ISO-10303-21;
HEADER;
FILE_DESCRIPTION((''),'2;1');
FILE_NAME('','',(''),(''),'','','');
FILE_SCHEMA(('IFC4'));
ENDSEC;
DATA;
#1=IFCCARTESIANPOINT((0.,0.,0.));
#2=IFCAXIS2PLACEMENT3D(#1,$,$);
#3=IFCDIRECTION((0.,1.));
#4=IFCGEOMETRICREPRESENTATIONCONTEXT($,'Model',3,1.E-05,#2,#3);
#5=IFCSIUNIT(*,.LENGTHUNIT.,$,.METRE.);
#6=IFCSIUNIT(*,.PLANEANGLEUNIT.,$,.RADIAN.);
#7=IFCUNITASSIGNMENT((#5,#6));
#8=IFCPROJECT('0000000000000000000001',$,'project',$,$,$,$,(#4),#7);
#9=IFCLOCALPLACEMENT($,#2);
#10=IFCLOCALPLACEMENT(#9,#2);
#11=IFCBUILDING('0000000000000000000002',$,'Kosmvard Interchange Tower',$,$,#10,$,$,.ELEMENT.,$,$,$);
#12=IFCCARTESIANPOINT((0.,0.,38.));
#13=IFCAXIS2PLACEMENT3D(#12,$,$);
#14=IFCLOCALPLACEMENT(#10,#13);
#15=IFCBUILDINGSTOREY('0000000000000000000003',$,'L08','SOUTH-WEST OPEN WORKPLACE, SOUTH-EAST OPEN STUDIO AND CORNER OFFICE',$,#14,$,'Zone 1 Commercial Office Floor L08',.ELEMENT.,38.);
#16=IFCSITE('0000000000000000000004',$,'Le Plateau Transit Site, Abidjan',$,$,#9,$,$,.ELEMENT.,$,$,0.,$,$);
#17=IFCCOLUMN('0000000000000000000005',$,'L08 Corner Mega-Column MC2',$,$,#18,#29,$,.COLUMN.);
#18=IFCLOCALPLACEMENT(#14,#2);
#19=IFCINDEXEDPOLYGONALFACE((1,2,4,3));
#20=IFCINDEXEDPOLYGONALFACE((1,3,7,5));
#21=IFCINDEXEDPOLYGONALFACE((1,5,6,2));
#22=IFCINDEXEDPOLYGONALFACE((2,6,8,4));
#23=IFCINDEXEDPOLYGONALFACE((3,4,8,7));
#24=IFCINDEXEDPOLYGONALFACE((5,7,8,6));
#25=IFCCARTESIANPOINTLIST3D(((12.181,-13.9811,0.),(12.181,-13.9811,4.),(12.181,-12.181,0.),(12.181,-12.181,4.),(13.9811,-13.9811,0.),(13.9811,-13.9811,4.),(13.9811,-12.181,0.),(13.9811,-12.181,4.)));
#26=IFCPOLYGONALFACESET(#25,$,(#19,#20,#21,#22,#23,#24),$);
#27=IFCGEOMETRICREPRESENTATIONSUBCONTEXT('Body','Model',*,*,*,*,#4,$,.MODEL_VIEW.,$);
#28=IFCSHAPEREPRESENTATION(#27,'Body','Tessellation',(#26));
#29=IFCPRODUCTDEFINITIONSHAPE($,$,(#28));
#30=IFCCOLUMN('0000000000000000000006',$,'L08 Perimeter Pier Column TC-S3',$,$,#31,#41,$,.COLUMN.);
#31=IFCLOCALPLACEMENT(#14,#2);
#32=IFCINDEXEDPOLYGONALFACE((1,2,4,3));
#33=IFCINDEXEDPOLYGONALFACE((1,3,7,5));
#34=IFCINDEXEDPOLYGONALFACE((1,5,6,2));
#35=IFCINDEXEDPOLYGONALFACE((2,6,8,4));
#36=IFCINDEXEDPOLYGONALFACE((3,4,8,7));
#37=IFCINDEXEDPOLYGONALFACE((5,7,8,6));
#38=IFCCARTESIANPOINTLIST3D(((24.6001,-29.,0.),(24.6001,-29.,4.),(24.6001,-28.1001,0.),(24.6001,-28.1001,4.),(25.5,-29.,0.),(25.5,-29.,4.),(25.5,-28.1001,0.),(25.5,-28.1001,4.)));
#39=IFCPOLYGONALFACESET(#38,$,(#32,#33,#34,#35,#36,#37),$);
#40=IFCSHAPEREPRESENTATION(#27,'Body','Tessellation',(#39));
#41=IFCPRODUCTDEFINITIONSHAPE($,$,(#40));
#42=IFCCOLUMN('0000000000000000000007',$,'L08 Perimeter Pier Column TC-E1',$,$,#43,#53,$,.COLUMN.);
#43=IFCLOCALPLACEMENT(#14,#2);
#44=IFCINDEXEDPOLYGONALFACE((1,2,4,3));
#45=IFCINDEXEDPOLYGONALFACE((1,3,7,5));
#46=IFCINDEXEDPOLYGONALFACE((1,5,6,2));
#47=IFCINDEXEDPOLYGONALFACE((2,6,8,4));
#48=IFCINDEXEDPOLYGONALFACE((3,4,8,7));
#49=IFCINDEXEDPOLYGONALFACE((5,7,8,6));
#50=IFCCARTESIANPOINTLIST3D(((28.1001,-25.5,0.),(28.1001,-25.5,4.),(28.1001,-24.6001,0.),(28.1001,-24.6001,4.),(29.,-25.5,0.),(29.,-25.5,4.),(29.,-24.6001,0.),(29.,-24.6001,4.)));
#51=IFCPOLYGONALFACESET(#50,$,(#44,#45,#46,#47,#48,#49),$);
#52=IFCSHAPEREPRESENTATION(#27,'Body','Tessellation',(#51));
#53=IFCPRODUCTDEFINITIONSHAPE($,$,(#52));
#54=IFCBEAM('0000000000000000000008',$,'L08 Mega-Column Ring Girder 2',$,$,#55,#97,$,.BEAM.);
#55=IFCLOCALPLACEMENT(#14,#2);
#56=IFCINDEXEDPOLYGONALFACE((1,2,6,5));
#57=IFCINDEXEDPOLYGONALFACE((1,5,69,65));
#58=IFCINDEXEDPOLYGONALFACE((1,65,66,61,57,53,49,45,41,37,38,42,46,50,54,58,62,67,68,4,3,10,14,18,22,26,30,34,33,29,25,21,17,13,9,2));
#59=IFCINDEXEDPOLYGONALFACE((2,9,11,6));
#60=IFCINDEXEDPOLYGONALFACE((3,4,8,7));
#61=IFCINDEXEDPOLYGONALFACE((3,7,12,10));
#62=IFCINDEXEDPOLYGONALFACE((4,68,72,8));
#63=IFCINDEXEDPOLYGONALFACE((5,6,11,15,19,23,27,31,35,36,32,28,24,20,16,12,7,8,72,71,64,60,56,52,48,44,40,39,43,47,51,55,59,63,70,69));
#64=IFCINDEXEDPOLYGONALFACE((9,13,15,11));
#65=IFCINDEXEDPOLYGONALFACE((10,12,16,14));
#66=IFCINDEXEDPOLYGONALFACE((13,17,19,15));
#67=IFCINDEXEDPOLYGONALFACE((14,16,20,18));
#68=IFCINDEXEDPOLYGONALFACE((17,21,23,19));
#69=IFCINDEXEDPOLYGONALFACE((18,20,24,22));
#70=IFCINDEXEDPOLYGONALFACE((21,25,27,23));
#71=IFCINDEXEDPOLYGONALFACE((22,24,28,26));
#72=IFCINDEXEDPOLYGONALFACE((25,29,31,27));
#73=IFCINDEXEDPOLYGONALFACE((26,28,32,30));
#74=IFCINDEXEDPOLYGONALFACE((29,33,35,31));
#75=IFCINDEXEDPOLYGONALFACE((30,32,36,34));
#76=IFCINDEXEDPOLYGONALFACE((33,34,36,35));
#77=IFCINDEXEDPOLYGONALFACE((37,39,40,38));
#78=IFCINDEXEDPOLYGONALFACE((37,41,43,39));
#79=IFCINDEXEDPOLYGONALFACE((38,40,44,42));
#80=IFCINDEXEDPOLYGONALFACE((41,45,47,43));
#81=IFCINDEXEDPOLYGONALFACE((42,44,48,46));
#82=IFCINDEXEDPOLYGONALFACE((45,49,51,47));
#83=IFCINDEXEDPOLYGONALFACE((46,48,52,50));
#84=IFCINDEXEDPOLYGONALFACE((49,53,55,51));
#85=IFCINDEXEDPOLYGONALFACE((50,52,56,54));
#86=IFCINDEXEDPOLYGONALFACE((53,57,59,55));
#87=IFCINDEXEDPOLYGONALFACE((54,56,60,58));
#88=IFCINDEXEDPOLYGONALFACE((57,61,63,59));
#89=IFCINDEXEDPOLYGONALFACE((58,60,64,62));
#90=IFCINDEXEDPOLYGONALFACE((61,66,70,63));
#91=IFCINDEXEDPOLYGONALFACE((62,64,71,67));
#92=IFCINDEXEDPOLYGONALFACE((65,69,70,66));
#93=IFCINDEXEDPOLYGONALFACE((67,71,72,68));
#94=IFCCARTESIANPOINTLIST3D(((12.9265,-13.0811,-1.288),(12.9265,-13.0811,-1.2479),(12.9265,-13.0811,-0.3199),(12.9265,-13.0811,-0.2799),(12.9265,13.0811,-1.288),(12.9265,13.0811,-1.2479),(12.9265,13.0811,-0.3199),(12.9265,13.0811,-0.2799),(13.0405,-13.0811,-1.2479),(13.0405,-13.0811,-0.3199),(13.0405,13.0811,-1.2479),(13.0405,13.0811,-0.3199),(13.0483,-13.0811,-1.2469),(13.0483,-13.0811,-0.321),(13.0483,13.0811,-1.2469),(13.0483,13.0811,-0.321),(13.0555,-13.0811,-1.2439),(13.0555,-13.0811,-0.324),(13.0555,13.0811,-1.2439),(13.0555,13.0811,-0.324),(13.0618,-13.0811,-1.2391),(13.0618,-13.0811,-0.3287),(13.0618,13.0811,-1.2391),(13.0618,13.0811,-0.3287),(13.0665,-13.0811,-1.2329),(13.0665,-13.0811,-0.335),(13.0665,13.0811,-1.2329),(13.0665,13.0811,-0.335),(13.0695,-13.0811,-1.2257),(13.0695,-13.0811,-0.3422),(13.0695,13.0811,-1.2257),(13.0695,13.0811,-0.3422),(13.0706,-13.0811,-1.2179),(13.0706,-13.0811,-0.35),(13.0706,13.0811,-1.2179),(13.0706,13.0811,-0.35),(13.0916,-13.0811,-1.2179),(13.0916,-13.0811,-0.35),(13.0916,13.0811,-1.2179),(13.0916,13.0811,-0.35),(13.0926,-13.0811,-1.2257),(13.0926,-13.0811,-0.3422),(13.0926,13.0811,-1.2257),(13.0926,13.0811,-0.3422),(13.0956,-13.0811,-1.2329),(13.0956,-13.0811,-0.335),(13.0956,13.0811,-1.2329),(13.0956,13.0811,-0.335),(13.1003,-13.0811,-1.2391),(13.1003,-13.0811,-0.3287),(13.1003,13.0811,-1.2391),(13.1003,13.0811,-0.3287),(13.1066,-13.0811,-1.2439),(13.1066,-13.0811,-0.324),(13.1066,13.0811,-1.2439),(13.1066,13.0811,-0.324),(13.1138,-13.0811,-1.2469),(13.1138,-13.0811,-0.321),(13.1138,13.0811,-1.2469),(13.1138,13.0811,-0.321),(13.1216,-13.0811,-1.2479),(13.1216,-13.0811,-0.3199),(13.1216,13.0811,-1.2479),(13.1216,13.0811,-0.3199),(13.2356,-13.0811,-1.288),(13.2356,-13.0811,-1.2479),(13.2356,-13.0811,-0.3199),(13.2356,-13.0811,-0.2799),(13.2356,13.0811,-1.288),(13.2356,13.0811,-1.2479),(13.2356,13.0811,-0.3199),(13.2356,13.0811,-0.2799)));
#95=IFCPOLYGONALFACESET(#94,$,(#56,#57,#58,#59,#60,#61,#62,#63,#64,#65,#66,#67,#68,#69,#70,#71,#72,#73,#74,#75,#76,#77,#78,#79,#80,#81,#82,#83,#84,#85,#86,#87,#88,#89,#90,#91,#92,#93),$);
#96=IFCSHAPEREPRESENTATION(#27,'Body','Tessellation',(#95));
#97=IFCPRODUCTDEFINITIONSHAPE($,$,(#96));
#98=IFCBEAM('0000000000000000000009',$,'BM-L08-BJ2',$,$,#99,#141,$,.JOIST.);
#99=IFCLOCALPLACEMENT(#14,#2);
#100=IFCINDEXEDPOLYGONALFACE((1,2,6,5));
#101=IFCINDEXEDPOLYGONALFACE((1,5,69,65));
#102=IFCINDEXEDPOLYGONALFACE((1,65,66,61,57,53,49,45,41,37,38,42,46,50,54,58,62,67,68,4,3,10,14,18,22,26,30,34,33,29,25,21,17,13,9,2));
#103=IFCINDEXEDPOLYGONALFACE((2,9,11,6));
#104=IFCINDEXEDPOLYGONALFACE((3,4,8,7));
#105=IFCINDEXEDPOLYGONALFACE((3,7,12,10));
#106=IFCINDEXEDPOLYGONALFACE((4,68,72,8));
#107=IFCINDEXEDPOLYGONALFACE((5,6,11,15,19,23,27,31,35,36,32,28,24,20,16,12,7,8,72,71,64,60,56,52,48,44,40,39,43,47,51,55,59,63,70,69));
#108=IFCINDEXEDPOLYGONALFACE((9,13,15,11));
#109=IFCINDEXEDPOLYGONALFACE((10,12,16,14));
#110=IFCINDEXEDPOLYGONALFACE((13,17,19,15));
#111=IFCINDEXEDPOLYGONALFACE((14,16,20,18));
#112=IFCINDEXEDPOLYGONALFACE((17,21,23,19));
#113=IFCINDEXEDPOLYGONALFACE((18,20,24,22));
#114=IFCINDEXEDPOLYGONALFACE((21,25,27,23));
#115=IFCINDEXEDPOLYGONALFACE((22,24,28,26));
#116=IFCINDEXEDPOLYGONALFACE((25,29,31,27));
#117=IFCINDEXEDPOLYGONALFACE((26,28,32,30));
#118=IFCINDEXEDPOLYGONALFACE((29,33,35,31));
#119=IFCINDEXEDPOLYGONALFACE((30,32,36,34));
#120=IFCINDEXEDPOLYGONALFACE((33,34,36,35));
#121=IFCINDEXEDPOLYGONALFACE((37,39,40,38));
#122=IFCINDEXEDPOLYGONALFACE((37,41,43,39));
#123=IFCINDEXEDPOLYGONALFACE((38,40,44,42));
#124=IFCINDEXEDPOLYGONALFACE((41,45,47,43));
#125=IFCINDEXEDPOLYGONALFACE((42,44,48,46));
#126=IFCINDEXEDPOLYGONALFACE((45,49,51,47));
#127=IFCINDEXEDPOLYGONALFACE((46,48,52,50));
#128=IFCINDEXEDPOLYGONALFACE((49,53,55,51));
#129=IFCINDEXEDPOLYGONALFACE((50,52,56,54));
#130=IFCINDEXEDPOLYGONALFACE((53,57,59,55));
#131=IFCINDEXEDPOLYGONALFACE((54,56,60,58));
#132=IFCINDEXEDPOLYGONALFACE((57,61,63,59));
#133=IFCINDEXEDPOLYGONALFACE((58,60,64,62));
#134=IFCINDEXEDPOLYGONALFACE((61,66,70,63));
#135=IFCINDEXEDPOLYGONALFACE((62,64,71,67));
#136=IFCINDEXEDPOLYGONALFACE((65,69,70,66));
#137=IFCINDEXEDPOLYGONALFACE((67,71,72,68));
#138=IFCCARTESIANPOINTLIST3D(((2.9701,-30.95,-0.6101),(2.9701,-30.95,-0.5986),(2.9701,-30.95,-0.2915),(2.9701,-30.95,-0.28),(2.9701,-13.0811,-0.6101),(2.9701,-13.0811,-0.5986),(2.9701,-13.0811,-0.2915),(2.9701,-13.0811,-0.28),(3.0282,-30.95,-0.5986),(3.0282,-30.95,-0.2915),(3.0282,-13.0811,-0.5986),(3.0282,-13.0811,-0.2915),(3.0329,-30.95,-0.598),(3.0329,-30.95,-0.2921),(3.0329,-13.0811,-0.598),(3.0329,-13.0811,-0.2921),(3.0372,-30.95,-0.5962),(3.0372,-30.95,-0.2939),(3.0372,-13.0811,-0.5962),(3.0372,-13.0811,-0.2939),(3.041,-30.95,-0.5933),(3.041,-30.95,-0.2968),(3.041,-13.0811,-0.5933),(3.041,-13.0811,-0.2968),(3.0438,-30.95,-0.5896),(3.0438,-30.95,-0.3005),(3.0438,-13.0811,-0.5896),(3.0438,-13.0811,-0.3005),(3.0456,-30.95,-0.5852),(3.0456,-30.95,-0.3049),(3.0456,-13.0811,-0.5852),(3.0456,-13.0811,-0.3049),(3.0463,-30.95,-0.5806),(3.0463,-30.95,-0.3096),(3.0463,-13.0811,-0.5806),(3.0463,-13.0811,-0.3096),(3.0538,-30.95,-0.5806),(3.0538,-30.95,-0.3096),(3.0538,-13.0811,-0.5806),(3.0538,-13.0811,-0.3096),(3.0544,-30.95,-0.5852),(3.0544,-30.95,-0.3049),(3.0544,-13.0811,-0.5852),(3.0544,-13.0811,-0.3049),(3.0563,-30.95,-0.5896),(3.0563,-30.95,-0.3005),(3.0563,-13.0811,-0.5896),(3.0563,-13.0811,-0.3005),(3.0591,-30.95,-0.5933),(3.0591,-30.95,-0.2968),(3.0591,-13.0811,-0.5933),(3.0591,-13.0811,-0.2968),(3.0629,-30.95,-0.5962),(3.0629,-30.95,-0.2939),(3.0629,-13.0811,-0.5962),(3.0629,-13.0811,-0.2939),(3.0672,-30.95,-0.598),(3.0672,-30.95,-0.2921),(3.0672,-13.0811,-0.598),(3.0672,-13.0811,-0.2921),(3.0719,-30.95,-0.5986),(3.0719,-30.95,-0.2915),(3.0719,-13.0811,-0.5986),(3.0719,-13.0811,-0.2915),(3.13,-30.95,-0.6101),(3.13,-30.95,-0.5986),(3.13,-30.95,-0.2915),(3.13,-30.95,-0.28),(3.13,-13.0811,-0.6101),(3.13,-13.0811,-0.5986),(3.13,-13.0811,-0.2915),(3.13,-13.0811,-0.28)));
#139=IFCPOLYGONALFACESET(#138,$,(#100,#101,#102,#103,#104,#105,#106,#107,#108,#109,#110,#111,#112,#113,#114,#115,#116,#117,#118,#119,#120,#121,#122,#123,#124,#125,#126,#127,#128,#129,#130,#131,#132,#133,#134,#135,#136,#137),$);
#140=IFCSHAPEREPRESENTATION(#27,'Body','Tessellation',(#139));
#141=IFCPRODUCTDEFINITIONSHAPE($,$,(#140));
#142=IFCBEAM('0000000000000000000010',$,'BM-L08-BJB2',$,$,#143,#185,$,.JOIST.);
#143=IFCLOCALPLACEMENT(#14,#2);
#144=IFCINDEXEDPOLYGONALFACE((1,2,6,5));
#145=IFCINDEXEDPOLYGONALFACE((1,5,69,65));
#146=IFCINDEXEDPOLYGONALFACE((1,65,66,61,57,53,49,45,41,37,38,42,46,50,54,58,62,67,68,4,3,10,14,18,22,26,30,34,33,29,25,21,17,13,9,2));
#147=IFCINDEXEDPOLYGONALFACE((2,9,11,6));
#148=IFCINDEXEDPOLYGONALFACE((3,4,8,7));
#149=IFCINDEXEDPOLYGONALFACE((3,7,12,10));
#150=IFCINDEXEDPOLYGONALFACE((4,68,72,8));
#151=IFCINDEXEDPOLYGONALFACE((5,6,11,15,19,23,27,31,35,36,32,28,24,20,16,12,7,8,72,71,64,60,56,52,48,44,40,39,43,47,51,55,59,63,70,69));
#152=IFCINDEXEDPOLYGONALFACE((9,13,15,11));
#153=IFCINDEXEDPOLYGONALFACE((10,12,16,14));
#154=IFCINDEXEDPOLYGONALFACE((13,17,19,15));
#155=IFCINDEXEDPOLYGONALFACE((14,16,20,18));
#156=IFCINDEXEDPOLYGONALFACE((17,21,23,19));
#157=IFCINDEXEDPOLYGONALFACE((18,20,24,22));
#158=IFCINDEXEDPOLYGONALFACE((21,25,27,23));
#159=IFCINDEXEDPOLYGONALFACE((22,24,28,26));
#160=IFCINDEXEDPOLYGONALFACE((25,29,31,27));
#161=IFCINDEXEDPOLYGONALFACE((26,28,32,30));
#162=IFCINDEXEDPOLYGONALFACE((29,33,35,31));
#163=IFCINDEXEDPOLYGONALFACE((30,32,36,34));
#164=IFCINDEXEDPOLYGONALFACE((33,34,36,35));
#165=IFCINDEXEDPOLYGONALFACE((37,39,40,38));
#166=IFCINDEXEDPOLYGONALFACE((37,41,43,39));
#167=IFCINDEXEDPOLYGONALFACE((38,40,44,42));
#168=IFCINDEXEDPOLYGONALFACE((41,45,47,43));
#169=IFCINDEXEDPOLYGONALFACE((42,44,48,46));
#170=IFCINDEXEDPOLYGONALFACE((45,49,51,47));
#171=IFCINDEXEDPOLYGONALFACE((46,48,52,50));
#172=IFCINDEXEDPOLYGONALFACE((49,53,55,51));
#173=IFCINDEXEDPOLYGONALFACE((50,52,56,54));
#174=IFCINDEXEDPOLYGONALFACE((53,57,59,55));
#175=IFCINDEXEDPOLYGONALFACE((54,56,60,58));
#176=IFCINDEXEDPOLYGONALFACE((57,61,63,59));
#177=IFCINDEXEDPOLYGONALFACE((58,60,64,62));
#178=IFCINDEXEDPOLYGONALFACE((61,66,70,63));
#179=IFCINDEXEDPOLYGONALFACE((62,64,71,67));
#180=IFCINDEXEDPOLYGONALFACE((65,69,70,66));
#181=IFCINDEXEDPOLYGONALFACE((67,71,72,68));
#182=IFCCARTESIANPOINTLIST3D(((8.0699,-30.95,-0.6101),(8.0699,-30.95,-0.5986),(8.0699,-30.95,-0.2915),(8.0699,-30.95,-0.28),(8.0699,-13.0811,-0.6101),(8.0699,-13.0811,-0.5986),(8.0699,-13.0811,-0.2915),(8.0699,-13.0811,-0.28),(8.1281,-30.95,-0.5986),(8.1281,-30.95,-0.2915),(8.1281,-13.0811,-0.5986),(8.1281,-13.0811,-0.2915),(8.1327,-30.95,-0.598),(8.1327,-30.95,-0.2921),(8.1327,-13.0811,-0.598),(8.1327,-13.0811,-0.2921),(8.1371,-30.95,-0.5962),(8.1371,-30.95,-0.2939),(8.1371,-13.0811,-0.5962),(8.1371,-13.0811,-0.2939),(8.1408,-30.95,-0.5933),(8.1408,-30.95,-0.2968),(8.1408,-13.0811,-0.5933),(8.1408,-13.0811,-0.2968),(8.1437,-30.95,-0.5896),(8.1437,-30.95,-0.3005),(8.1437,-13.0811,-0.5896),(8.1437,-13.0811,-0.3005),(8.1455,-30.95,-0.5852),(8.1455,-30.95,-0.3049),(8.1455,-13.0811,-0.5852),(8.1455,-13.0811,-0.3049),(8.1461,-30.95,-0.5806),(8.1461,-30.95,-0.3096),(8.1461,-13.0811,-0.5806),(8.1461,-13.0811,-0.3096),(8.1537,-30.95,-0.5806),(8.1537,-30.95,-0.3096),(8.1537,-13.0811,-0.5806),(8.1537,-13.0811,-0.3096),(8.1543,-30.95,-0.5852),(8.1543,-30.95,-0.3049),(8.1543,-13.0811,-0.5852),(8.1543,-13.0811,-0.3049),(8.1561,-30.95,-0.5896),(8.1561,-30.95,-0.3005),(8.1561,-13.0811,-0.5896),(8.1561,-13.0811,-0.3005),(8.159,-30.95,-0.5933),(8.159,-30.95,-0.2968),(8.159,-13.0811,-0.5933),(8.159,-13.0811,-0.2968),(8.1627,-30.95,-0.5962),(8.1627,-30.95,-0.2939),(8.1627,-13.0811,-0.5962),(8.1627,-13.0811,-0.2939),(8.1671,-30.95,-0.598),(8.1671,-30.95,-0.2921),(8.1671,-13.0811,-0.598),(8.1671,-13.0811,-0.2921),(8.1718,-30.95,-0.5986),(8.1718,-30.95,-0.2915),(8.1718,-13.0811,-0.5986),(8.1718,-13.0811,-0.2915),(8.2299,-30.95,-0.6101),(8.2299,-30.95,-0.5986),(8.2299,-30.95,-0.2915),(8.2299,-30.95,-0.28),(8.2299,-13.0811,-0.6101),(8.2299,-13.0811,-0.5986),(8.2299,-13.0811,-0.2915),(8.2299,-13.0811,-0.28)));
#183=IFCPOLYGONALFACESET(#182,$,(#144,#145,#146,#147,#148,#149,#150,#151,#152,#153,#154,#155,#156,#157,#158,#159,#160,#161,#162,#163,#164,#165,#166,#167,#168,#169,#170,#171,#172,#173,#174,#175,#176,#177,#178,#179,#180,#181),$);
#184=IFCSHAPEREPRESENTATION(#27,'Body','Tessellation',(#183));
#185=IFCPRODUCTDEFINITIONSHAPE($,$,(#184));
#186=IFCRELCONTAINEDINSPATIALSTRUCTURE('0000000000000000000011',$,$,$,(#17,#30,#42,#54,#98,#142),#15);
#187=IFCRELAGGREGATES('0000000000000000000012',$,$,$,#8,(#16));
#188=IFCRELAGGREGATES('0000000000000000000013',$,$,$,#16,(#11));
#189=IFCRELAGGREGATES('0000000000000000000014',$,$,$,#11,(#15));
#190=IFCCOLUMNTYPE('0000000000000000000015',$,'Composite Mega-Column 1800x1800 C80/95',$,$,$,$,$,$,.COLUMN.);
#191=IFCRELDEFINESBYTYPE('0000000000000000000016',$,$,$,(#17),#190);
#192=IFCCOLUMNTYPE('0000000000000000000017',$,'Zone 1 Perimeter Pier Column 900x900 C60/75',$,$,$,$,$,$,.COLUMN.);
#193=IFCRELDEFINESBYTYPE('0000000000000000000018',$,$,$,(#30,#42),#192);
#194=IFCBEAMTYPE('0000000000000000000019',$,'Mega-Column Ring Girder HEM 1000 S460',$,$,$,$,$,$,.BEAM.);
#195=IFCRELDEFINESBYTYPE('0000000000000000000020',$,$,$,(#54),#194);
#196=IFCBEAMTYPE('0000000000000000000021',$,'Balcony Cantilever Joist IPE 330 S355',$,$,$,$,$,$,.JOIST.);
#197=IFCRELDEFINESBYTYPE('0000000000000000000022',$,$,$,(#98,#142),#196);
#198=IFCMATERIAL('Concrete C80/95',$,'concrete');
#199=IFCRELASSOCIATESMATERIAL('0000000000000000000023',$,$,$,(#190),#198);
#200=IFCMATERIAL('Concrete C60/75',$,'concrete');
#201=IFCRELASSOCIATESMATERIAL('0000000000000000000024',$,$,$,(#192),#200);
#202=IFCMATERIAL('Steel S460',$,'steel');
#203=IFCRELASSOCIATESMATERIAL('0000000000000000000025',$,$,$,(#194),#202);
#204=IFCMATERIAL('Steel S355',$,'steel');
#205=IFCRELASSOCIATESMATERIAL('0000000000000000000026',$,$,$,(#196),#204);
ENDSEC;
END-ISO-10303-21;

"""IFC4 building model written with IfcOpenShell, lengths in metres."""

from ifc_helpers import new_model, si_unit, direction, frame, origin, origin_2d, place, context, subcontext, project, spatial, rectangle, i_section, extrude, source, transform, mapped, material, material_profile, profile_set, type_object, element, save


model = new_model("IFC4")

# Units and contexts
model_context = context("Model", 3, precision=1e-05, world=origin(), true_north=direction((0.0, 1.0)))
body_context = subcontext(model_context, "Body", "Model", "MODEL_VIEW")
ifc_project = project(units=[si_unit("LENGTHUNIT", "METRE"), si_unit("PLANEANGLEUNIT", "RADIAN")], contexts=[model_context])

# Site, building, storey
site_placement = place(None, origin())
site = spatial("IfcSite", under=ifc_project, at=site_placement, Name="Le Plateau Transit Site, Abidjan", CompositionType="ELEMENT", RefElevation=0.0)
building_placement = place(site_placement, origin())
building = spatial("IfcBuilding", under=site, at=building_placement, Name="Kosmvard Interchange Tower", CompositionType="ELEMENT")
storey_placement = place(building_placement, frame((0.0, 0.0, 38.0)))
storey = spatial("IfcBuildingStorey", under=building, at=storey_placement, Name="L08", Description="SOUTH-WEST OPEN WORKPLACE, SOUTH-EAST OPEN STUDIO AND CORNER OFFICE", LongName="Zone 1 Commercial Office Floor L08", CompositionType="ELEMENT", Elevation=38.0)

# Columns
ifc_material_1 = material(Name="Concrete C80/95", Category="concrete")
ifc_material_profile_1 = material_profile(ifc_material_1, rectangle(XDim=1.8, YDim=1.8, at=origin_2d()), Name="MC 1800x1800")
ifc_profile_set_1 = profile_set([ifc_material_profile_1], Name="Concrete C80/95")
column_type_1 = type_object("IfcColumnType", Name="Composite Mega-Column 1800x1800 C80/95", PredefinedType="COLUMN", material=ifc_profile_set_1)
shared_shape_1 = source(origin(), body_context, "Body", "SweptSolid", [
    extrude(rectangle(XDim=1.8, YDim=1.8, at=origin_2d()), origin(), (0.0, 0.0, 1.0), 4.0),
])
column_placement = place(storey_placement, frame((13.0811, -13.0811, 0.0), z_axis=(0.0, 0.0, 1.0), x_axis=(1.0, 0.0, 0.0)))
element("IfcColumn", 1, at=column_placement, inside=storey, type_object=column_type_1, Name="L08 Corner Mega-Column MC2", PredefinedType="COLUMN", context=body_context, shape_type="MappedRepresentation", body=[
    mapped(shared_shape_1, transform((0.0, 0.0, 0.0), scale=1.0)),
])
ifc_material_2 = material(Name="Concrete C60/75", Category="concrete")
ifc_material_profile_2 = material_profile(ifc_material_2, rectangle(XDim=0.8999, YDim=0.8999, at=origin_2d()), Name="TC 900x900")
ifc_profile_set_2 = profile_set([ifc_material_profile_2], Name="Concrete C60/75")
column_type_2 = type_object("IfcColumnType", Name="Zone 1 Perimeter Pier Column 900x900 C60/75", PredefinedType="COLUMN", material=ifc_profile_set_2)
shared_shape_2 = source(origin(), body_context, "Body", "SweptSolid", [
    extrude(rectangle(XDim=0.8999, YDim=0.8999, at=origin_2d()), origin(), (0.0, 0.0, 1.0), 4.0),
])
for number, where, z_axis, x_axis, name in (
    (2, (25.05, -28.55, 0.0), (0.0, 0.0, 1.0), (1.0, 0.0, 0.0), "L08 Perimeter Pier Column TC-S3"),
    (3, (28.55, -25.05, 0.0), (0.0, 0.0, 1.0), (1.0, 0.0, 0.0), "L08 Perimeter Pier Column TC-E1"),
):
    element("IfcColumn", number, at=place(storey_placement, frame(where, z_axis=z_axis, x_axis=x_axis)), inside=storey, type_object=column_type_2, Name=name, PredefinedType="COLUMN", context=body_context, shape_type="MappedRepresentation", body=[
        mapped(shared_shape_2, transform((0.0, 0.0, 0.0), scale=1.0)),
    ])

# Beams
ifc_material_3 = material(Name="Steel S460", Category="steel")
ifc_material_profile_3 = material_profile(ifc_material_3, i_section(OverallWidth=0.3091, OverallDepth=1.0081, WebThickness=0.021, FlangeThickness=0.04, FilletRadius=0.03, at=origin_2d()), Name="HEM 1000")
ifc_profile_set_3 = profile_set([ifc_material_profile_3], Name="Steel S460")
beam_type_1 = type_object("IfcBeamType", Name="Mega-Column Ring Girder HEM 1000 S460", PredefinedType="BEAM", material=ifc_profile_set_3)
shared_shape_3 = source(origin(), body_context, "Body", "SweptSolid", [
    extrude(i_section(OverallWidth=0.3091, OverallDepth=1.0081, WebThickness=0.021, FlangeThickness=0.04, FilletRadius=0.03, at=origin_2d()), origin(), (0.0, 0.0, 1.0), 26.1621),
])
beam_1_placement = place(storey_placement, frame((13.0811, -13.0811, -0.7839), z_axis=(0.0, 1.0, 0.0), x_axis=(-1.0, 0.0, 0.0)))
element("IfcBeam", 4, at=beam_1_placement, inside=storey, type_object=beam_type_1, Name="L08 Mega-Column Ring Girder 2", PredefinedType="BEAM", context=body_context, shape_type="MappedRepresentation", body=[
    mapped(shared_shape_3, transform((0.0, 0.0, 0.0), scale=1.0)),
])
ifc_material_4 = material(Name="Steel S355", Category="steel")
ifc_material_profile_4 = material_profile(ifc_material_4, i_section(OverallWidth=0.1599, OverallDepth=0.3301, WebThickness=0.0076, FlangeThickness=0.0115, FilletRadius=0.0181, at=origin_2d()), Name="IPE 330")
ifc_profile_set_4 = profile_set([ifc_material_profile_4], Name="Steel S355")
beam_type_2 = type_object("IfcBeamType", Name="Balcony Cantilever Joist IPE 330 S355", PredefinedType="JOIST", material=ifc_profile_set_4)
shared_shape_4 = source(origin(), body_context, "Body", "SweptSolid", [
    extrude(i_section(OverallWidth=0.1599, OverallDepth=0.3301, WebThickness=0.0076, FlangeThickness=0.0115, FilletRadius=0.0181, at=origin_2d()), origin(), (0.0, 0.0, 1.0), 17.8689),
])
for number, where, z_axis, x_axis, name in (
    (5, (3.05, -13.0811, -0.4451), (0.0, -1.0, 0.0), (1.0, 0.0, 0.0), "BM-L08-BJ2"),
    (6, (8.1499, -13.0811, -0.4451), (0.0, -1.0, 0.0), (1.0, 0.0, 0.0), "BM-L08-BJB2"),
):
    element("IfcBeam", number, at=place(storey_placement, frame(where, z_axis=z_axis, x_axis=x_axis)), inside=storey, type_object=beam_type_2, Name=name, PredefinedType="JOIST", context=body_context, shape_type="MappedRepresentation", body=[
        mapped(shared_shape_4, transform((0.0, 0.0, 0.0), scale=1.0)),
    ])

save(model, "model.ifc")
